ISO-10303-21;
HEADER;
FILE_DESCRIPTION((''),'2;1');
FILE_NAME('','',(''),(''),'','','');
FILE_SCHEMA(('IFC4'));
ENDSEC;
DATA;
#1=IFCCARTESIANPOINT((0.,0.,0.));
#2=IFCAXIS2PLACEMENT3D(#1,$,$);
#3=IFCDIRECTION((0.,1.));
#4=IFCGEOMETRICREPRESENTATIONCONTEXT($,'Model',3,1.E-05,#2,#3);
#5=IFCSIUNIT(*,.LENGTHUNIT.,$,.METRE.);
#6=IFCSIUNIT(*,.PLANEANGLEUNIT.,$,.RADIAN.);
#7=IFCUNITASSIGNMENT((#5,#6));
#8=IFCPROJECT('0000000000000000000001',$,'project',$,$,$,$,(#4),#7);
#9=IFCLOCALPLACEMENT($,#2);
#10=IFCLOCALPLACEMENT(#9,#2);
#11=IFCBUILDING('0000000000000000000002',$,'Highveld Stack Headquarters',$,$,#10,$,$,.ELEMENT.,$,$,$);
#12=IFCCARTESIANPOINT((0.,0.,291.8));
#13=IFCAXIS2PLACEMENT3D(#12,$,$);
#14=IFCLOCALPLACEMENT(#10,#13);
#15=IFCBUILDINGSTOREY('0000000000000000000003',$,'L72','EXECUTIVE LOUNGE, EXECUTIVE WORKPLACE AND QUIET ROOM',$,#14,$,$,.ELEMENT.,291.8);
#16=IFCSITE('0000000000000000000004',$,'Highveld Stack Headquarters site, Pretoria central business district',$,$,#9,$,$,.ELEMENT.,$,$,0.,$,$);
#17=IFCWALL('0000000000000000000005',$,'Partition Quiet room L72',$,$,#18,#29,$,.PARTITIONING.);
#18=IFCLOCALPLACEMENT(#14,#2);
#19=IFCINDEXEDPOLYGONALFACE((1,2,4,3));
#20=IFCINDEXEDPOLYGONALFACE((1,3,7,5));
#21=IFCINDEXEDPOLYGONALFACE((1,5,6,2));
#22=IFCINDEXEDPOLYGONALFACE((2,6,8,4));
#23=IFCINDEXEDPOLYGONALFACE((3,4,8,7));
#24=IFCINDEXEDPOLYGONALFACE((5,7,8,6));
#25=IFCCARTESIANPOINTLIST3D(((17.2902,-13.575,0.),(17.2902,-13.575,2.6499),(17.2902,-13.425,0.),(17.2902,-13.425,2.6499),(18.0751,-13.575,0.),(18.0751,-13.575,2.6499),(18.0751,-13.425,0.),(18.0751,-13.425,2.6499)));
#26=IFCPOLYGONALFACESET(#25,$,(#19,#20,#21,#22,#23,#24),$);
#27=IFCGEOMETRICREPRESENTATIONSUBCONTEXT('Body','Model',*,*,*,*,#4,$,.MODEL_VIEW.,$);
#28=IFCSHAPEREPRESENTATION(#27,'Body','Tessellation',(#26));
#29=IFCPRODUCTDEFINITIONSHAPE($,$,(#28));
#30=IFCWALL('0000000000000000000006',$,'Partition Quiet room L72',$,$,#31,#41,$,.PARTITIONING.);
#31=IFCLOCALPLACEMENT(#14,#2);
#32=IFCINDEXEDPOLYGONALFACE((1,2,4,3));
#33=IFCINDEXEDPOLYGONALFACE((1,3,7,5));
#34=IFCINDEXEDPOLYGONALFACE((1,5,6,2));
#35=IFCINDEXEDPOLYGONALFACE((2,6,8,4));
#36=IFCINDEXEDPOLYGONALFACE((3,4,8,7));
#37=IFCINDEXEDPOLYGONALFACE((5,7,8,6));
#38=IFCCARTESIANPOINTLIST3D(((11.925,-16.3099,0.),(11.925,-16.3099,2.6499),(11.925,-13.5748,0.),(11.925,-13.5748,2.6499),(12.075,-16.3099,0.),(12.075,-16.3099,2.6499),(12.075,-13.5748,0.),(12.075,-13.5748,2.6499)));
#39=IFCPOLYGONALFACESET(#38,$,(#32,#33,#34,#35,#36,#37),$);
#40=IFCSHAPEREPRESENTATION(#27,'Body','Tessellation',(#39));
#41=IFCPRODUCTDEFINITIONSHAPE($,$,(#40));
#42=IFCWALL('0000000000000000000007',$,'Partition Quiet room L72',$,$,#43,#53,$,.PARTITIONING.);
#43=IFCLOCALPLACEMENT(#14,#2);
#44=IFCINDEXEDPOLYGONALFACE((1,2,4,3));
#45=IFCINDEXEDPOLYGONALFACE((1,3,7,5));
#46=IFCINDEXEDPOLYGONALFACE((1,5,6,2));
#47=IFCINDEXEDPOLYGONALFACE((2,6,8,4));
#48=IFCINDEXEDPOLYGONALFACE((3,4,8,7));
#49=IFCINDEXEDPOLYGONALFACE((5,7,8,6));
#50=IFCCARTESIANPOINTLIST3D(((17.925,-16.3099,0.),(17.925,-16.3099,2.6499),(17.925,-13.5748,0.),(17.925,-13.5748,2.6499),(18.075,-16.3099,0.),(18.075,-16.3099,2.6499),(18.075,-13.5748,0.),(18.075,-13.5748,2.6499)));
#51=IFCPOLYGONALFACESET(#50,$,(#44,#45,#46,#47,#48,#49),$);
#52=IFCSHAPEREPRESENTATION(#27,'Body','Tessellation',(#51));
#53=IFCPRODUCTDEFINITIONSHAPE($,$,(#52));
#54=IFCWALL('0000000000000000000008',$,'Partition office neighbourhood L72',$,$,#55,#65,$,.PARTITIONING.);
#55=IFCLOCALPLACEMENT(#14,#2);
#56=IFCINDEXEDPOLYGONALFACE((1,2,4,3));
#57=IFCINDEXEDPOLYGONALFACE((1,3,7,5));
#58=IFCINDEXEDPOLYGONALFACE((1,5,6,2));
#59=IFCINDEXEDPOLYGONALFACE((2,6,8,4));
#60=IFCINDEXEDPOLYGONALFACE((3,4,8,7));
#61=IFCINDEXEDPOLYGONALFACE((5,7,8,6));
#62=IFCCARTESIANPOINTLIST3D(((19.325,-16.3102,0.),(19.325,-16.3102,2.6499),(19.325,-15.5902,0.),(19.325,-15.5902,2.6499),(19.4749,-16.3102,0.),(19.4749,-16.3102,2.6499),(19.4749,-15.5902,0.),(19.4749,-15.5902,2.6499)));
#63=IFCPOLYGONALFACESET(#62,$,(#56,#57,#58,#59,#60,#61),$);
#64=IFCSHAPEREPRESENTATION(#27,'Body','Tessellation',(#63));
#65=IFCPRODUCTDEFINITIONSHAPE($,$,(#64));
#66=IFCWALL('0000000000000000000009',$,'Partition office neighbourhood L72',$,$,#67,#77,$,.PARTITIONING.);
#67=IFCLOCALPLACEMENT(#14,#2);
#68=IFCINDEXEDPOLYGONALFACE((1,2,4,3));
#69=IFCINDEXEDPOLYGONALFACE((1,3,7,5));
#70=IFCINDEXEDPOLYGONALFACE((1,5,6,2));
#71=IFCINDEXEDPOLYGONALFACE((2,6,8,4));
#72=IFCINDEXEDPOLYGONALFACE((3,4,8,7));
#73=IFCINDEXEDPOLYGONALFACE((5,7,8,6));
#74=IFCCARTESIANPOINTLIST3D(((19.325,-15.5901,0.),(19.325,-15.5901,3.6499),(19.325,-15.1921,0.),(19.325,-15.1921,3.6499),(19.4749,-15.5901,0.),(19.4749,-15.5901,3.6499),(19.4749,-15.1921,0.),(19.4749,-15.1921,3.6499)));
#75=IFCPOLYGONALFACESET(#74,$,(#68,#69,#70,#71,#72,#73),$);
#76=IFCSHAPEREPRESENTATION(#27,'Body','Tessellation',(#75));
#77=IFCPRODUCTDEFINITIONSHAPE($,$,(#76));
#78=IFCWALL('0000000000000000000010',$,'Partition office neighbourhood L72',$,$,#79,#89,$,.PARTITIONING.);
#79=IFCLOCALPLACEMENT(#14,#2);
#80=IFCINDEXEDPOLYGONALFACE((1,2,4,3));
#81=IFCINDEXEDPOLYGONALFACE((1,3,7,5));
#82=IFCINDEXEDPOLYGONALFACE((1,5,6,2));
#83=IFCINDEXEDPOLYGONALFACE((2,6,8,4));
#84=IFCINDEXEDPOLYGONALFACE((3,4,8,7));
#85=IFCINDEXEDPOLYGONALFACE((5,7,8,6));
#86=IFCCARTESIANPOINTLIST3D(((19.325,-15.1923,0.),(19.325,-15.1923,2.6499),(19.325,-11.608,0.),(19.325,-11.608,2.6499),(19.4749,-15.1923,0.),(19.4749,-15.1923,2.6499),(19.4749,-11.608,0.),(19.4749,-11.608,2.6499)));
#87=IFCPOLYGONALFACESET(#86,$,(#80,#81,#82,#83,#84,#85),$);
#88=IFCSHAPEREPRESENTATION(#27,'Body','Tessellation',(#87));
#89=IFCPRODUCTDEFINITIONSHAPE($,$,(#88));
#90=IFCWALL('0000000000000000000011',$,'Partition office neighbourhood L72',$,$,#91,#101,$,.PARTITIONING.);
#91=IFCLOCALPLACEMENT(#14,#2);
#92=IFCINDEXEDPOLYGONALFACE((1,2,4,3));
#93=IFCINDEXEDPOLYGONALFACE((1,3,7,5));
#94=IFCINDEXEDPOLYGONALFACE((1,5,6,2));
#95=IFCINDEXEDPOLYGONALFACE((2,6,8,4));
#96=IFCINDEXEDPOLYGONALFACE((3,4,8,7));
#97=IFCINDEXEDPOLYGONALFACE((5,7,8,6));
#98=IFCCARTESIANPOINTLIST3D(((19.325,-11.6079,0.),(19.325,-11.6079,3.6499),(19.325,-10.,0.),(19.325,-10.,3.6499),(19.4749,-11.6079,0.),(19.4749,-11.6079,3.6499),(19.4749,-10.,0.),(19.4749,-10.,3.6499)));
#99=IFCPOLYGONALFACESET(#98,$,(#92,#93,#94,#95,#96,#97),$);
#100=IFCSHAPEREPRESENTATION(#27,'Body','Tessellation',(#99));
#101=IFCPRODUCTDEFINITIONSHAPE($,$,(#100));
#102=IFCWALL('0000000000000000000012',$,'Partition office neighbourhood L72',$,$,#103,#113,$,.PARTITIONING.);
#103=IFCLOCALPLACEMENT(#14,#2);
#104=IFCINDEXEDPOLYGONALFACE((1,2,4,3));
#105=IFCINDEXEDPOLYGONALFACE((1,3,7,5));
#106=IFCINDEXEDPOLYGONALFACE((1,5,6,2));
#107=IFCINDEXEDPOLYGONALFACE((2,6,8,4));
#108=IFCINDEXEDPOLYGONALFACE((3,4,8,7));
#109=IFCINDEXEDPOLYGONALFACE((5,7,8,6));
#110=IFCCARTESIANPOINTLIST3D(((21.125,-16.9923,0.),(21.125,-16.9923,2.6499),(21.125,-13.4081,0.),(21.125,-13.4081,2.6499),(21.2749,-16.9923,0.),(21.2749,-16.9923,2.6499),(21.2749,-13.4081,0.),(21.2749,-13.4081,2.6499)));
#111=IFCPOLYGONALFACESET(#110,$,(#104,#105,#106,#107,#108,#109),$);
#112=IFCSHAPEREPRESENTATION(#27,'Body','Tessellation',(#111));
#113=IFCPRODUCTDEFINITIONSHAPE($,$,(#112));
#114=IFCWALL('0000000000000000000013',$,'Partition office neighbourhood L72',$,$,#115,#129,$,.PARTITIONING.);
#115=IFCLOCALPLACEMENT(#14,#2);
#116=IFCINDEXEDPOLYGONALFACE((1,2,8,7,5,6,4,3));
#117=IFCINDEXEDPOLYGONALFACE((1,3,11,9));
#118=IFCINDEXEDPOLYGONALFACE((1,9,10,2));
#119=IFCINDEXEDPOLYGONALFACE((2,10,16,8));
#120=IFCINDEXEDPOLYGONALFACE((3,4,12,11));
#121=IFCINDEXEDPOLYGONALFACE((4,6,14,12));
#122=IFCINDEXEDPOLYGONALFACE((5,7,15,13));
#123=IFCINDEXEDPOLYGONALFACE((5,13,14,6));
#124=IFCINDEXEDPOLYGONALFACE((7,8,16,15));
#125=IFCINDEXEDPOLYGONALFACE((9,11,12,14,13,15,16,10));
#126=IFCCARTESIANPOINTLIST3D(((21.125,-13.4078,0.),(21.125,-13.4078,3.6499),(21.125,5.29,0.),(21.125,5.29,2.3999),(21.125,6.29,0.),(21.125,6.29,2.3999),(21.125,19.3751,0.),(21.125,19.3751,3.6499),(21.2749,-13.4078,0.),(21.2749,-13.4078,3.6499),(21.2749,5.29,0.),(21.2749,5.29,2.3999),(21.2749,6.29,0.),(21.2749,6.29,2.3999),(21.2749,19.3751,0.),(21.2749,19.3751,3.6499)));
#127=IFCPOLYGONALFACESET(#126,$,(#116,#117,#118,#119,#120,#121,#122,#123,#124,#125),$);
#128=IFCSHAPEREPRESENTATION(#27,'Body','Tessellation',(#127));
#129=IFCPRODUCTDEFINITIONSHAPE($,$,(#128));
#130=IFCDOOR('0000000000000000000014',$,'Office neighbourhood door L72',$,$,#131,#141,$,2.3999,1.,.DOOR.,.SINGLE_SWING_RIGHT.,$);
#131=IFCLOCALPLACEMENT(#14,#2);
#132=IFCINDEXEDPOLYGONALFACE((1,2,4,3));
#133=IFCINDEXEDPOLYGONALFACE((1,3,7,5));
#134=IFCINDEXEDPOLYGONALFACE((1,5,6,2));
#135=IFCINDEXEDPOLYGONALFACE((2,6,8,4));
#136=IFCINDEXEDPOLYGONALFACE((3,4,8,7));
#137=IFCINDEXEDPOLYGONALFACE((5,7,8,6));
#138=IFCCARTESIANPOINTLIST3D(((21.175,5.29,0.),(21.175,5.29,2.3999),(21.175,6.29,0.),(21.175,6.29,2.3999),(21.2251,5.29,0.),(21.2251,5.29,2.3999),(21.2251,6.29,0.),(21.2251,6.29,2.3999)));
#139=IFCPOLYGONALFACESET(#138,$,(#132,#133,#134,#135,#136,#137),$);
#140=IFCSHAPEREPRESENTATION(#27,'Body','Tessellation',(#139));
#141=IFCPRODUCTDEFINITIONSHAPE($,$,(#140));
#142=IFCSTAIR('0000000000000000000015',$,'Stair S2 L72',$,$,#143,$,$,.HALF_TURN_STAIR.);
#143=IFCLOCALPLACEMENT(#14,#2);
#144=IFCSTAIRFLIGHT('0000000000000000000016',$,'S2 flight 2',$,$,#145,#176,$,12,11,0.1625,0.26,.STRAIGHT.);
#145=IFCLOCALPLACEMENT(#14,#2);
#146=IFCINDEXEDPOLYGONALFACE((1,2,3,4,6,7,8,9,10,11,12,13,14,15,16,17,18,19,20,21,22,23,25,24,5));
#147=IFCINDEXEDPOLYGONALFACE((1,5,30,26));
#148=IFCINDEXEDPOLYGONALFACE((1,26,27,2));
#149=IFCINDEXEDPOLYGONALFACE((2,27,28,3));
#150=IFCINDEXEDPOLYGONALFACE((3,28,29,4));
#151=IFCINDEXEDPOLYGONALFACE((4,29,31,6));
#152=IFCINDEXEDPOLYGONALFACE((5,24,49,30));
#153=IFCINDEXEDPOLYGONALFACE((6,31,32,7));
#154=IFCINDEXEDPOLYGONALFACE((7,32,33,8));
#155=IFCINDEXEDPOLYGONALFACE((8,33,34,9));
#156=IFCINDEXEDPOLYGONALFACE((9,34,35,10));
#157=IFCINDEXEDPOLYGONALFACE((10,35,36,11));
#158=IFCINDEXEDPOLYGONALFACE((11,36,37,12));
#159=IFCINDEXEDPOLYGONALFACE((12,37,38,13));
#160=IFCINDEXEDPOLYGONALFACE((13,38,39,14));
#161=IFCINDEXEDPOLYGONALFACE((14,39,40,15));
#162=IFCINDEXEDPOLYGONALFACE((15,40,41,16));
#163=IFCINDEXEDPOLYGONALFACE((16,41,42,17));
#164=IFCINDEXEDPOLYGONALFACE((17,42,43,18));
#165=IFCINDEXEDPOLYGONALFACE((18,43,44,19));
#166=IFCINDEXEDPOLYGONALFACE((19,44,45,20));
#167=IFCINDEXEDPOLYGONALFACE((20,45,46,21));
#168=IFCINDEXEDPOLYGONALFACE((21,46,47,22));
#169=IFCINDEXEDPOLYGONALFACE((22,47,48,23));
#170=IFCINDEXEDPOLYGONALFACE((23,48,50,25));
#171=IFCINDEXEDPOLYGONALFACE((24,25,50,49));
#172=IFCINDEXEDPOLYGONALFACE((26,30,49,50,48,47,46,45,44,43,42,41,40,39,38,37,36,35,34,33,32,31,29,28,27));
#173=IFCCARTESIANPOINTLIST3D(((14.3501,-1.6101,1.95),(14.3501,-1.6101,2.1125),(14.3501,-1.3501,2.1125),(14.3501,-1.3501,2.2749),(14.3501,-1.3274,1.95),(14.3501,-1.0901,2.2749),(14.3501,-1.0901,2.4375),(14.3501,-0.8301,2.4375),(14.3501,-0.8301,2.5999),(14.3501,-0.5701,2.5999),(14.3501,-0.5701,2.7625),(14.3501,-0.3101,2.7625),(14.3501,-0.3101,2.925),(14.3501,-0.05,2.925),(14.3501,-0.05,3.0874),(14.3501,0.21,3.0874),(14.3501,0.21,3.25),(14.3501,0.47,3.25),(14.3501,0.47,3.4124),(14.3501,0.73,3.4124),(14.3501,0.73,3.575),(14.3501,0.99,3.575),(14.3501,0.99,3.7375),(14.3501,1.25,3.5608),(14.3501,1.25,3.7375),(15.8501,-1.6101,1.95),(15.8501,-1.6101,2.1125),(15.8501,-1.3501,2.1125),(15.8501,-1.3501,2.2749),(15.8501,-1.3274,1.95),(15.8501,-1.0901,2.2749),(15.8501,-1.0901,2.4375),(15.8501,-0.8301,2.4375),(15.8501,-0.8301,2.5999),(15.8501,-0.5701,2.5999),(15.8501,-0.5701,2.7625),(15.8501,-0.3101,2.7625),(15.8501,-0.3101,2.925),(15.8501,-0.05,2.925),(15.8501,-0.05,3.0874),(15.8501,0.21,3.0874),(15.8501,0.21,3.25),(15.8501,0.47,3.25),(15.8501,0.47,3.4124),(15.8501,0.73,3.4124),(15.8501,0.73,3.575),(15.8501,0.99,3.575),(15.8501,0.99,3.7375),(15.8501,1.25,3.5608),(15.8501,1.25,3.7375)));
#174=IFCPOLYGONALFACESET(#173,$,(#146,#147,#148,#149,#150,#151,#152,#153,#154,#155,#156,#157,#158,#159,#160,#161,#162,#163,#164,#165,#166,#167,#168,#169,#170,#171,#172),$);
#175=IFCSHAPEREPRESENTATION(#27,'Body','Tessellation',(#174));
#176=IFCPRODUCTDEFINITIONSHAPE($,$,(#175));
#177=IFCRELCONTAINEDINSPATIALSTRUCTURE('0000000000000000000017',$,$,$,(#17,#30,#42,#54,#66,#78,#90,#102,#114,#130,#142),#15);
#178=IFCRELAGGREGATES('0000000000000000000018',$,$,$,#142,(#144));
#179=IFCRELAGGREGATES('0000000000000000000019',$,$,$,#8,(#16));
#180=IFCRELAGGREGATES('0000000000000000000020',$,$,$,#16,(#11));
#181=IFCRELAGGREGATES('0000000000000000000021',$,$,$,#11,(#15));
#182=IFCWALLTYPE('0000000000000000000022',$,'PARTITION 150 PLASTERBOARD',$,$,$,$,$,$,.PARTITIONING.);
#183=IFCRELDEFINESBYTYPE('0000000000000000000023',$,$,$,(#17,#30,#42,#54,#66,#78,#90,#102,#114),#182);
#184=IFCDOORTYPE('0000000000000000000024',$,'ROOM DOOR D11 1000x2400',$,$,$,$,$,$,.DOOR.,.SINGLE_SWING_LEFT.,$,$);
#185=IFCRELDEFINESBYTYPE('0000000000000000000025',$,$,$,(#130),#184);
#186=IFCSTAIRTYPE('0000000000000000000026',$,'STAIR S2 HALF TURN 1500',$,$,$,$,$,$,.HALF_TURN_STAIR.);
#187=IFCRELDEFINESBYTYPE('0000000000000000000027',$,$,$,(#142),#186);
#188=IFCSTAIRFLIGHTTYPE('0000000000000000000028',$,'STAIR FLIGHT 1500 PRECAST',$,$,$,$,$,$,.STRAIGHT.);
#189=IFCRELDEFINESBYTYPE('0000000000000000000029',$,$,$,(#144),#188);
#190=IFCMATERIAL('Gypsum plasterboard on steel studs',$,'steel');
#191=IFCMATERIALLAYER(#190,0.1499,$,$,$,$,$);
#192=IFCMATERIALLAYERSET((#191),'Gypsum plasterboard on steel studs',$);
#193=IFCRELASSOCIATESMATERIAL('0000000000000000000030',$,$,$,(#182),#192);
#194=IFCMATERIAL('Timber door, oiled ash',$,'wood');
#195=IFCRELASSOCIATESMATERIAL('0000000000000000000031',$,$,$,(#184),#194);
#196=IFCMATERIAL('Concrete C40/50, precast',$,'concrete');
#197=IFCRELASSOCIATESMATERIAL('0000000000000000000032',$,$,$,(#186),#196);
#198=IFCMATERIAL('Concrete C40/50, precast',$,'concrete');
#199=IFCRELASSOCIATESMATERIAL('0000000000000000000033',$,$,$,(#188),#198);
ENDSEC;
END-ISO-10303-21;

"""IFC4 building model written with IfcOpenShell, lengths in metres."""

from ifc_helpers import new_model, si_unit, direction, frame, frame_2d, origin, place, context, subcontext, project, spatial, polyline, rectangle, outline, extrude, material, layer, layer_set, type_object, element, fill, aggregate, save


model = new_model("IFC4")

# Units and contexts
model_context = context("Model", 3, precision=1e-05, world=origin(), true_north=direction((0.0, 1.0)))
body_context = subcontext(model_context, "Body", "Model", "MODEL_VIEW")
ifc_project = project(units=[si_unit("LENGTHUNIT", "METRE"), si_unit("PLANEANGLEUNIT", "RADIAN")], contexts=[model_context])

# Site, building, storey
site_placement = place(None, origin())
site = spatial("IfcSite", under=ifc_project, at=site_placement, Name="Highveld Stack Headquarters site, Pretoria central business district", CompositionType="ELEMENT", RefElevation=0.0)
building_placement = place(site_placement, origin())
building = spatial("IfcBuilding", under=site, at=building_placement, Name="Highveld Stack Headquarters", CompositionType="ELEMENT")
storey_placement = place(building_placement, frame((0.0, 0.0, 291.8)))
storey = spatial("IfcBuildingStorey", under=building, at=storey_placement, Name="L72", Description="EXECUTIVE LOUNGE, EXECUTIVE WORKPLACE AND QUIET ROOM", CompositionType="ELEMENT", Elevation=291.8)

# Shared definitions
ifc_material_1 = material(Name="Gypsum plasterboard on steel studs", Category="steel")
ifc_layer_1 = layer(ifc_material_1, 0.1499)
ifc_layer_set_1 = layer_set([ifc_layer_1], Name="Gypsum plasterboard on steel studs")
wall_type_1 = type_object("IfcWallType", Name="PARTITION 150 PLASTERBOARD", PredefinedType="PARTITIONING", material=ifc_layer_set_1)
ifc_material_2 = material(Name="Timber door, oiled ash", Category="wood")
door_type_1 = type_object("IfcDoorType", Name="ROOM DOOR D11 1000x2400", OperationType="SINGLE_SWING_LEFT", PredefinedType="DOOR", material=ifc_material_2)

# Walls
wall_1_placement = place(storey_placement, frame((17.29, -13.5, 0.0), z_axis=(0.0, 0.0, 1.0), x_axis=(1.0, 0.0, 0.0)))
element("IfcWall", 1, at=wall_1_placement, inside=storey, type_object=wall_type_1, Name="Partition Quiet room L72", PredefinedType="PARTITIONING", context=body_context, shape_type="SweptSolid", body=[
    extrude(rectangle(XDim=0.7849, YDim=0.1499, at=frame_2d((0.3926, 0.0))), origin(), (0.0, 0.0, 1.0), 2.6499),
])
for number, where, z_axis, x_axis, name in (
    (2, (12.0, -16.3101, 0.0), (0.0, 0.0, 1.0), (0.0, 1.0, 0.0), "Partition Quiet room L72"),
    (3, (18.0, -16.3101, 0.0), (0.0, 0.0, 1.0), (0.0, 1.0, 0.0), "Partition Quiet room L72"),
):
    element("IfcWall", number, at=place(storey_placement, frame(where, z_axis=z_axis, x_axis=x_axis)), inside=storey, type_object=wall_type_1, Name=name, PredefinedType="PARTITIONING", context=body_context, shape_type="SweptSolid", body=[
        extrude(rectangle(XDim=2.7351, YDim=0.1499, at=frame_2d((1.3677, 0.0))), origin(), (0.0, 0.0, 1.0), 2.6499),
    ])
wall_2_placement = place(storey_placement, frame((19.3999, -16.3101, 0.0), z_axis=(0.0, 0.0, 1.0), x_axis=(0.0, 1.0, 0.0)))
element("IfcWall", 4, at=wall_2_placement, inside=storey, type_object=wall_type_1, Name="Partition office neighbourhood L72", PredefinedType="PARTITIONING", context=body_context, shape_type="SweptSolid", body=[
    extrude(rectangle(XDim=0.72, YDim=0.1499, at=frame_2d((0.3599, 0.0))), origin(), (0.0, 0.0, 1.0), 2.6499),
])
wall_3_placement = place(storey_placement, frame((19.3999, -15.5901, 0.0), z_axis=(0.0, 0.0, 1.0), x_axis=(0.0, 1.0, 0.0)))
element("IfcWall", 5, at=wall_3_placement, inside=storey, type_object=wall_type_1, Name="Partition office neighbourhood L72", PredefinedType="PARTITIONING", context=body_context, shape_type="SweptSolid", body=[
    extrude(rectangle(XDim=0.3979, YDim=0.1499, at=frame_2d((0.199, 0.0))), origin(), (0.0, 0.0, 1.0), 3.6499),
])
wall_4_placement = place(storey_placement, frame((19.3999, -15.1921, 0.0), z_axis=(0.0, 0.0, 1.0), x_axis=(0.0, 1.0, 0.0)))
element("IfcWall", 6, at=wall_4_placement, inside=storey, type_object=wall_type_1, Name="Partition office neighbourhood L72", PredefinedType="PARTITIONING", context=body_context, shape_type="SweptSolid", body=[
    extrude(rectangle(XDim=3.5842, YDim=0.1499, at=frame_2d((1.792, 0.0))), origin(), (0.0, 0.0, 1.0), 2.6499),
])
wall_5_placement = place(storey_placement, frame((19.3999, -11.6079, 0.0), z_axis=(0.0, 0.0, 1.0), x_axis=(0.0, 1.0, 0.0)))
element("IfcWall", 7, at=wall_5_placement, inside=storey, type_object=wall_type_1, Name="Partition office neighbourhood L72", PredefinedType="PARTITIONING", context=body_context, shape_type="SweptSolid", body=[
    extrude(rectangle(XDim=1.6079, YDim=0.1499, at=frame_2d((0.804, 0.0))), origin(), (0.0, 0.0, 1.0), 3.6499),
])
wall_6_placement = place(storey_placement, frame((21.2, -16.9922, 0.0), z_axis=(0.0, 0.0, 1.0), x_axis=(0.0, 1.0, 0.0)))
element("IfcWall", 8, at=wall_6_placement, inside=storey, type_object=wall_type_1, Name="Partition office neighbourhood L72", PredefinedType="PARTITIONING", context=body_context, shape_type="SweptSolid", body=[
    extrude(rectangle(XDim=3.5842, YDim=0.1499, at=frame_2d((1.792, 0.0))), origin(), (0.0, 0.0, 1.0), 2.6499),
])

# Wall, opening, door
wall_7_placement = place(storey_placement, frame((21.2, -13.408, 0.0), z_axis=(0.0, 0.0, 1.0), x_axis=(0.0, 1.0, 0.0)))
wall_7 = element("IfcWall", 9, at=wall_7_placement, inside=storey, type_object=wall_type_1, Name="Partition office neighbourhood L72", PredefinedType="PARTITIONING", context=body_context, shape_type="SweptSolid", body=[
    extrude(rectangle(XDim=32.783, YDim=0.1499, at=frame_2d((16.3916, 0.0))), origin(), (0.0, 0.0, 1.0), 3.6499),
])
opening_1_placement = place(wall_7_placement, frame((18.698, 0.0, 0.0)))
opening_1 = element("IfcOpeningElement", 10, at=opening_1_placement, cuts=wall_7, PredefinedType="OPENING", context=body_context, shape_type="SweptSolid", body=[
    extrude(rectangle(XDim=1.0, YDim=2.3999, at=frame_2d((0.5, 1.2))), frame((0.0, 0.085, 0.0), z_axis=(0.0, -1.0, 0.0), x_axis=(1.0, 0.0, 0.0)), (0.0, 0.0, 1.0), 0.1699),
])
door_1_placement = place(opening_1_placement, origin())
door_1 = element("IfcDoor", 11, at=door_1_placement, inside=storey, type_object=door_type_1, Name="Office neighbourhood door L72", OperationType="SINGLE_SWING_RIGHT", OverallHeight=2.3999, OverallWidth=1.0, PredefinedType="DOOR", context=body_context, shape_type="SweptSolid", body=[
    extrude(rectangle(XDim=1.0, YDim=2.3999, at=frame_2d((0.5, 1.2))), frame((0.0, 0.0249, 0.0), z_axis=(0.0, -1.0, 0.0), x_axis=(1.0, 0.0, 0.0)), (0.0, 0.0, 1.0), 0.05),
])
fill(opening_1, door_1)

# Stair, stair flight
ifc_material_3 = material(Name="Concrete C40/50, precast", Category="concrete")
stair_type = type_object("IfcStairType", Name="STAIR S2 HALF TURN 1500", PredefinedType="HALF_TURN_STAIR", material=ifc_material_3)
stair_placement = place(storey_placement, origin())
stair = element("IfcStair", 12, at=stair_placement, inside=storey, type_object=stair_type, Name="Stair S2 L72", PredefinedType="HALF_TURN_STAIR")
ifc_material_4 = material(Name="Concrete C40/50, precast", Category="concrete")
stair_flight_type = type_object("IfcStairFlightType", Name="STAIR FLIGHT 1500 PRECAST", PredefinedType="STRAIGHT", material=ifc_material_4)
stair_flight_placement = place(storey_placement, frame((15.1001, -1.6101, 1.95), z_axis=(0.0, 0.0, 1.0), x_axis=(0.0, 1.0, 0.0)))
stair_flight = element("IfcStairFlight", 13, at=stair_flight_placement, type_object=stair_flight_type, Name="S2 flight 2", NumberOfRisers=12, NumberOfTreads=11, PredefinedType="STRAIGHT", RiserHeight=0.1625, TreadLength=0.26, context=body_context, shape_type="SweptSolid", body=[
    extrude(outline(polyline([(0.0, 0.0), (0.0, 0.1626), (0.26, 0.1626), (0.26, 0.325), (0.52, 0.325), (0.52, 0.4875), (0.78, 0.4875), (0.78, 0.6499), (1.04, 0.6499), (1.04, 0.8125), (1.3, 0.8125), (1.3, 0.9751), (1.5601, 0.9751), (1.5601, 1.1375), (1.8201, 1.1375), (1.8201, 1.3), (2.0801, 1.3), (2.0801, 1.4624), (2.3401, 1.4624), (2.3401, 1.625), (2.6001, 1.625), (2.6001, 1.7876), (2.8601, 1.7876), (2.8601, 1.95), (2.8601, 1.6108), (0.2827, 0.0), (0.0, 0.0)])), frame((0.0, 0.75, 0.0), z_axis=(0.0, -1.0, 0.0), x_axis=(1.0, 0.0, 0.0)), (0.0, 0.0, 1.0), 1.5),
])
aggregate(stair, [stair_flight])

save(model, "model.ifc")
